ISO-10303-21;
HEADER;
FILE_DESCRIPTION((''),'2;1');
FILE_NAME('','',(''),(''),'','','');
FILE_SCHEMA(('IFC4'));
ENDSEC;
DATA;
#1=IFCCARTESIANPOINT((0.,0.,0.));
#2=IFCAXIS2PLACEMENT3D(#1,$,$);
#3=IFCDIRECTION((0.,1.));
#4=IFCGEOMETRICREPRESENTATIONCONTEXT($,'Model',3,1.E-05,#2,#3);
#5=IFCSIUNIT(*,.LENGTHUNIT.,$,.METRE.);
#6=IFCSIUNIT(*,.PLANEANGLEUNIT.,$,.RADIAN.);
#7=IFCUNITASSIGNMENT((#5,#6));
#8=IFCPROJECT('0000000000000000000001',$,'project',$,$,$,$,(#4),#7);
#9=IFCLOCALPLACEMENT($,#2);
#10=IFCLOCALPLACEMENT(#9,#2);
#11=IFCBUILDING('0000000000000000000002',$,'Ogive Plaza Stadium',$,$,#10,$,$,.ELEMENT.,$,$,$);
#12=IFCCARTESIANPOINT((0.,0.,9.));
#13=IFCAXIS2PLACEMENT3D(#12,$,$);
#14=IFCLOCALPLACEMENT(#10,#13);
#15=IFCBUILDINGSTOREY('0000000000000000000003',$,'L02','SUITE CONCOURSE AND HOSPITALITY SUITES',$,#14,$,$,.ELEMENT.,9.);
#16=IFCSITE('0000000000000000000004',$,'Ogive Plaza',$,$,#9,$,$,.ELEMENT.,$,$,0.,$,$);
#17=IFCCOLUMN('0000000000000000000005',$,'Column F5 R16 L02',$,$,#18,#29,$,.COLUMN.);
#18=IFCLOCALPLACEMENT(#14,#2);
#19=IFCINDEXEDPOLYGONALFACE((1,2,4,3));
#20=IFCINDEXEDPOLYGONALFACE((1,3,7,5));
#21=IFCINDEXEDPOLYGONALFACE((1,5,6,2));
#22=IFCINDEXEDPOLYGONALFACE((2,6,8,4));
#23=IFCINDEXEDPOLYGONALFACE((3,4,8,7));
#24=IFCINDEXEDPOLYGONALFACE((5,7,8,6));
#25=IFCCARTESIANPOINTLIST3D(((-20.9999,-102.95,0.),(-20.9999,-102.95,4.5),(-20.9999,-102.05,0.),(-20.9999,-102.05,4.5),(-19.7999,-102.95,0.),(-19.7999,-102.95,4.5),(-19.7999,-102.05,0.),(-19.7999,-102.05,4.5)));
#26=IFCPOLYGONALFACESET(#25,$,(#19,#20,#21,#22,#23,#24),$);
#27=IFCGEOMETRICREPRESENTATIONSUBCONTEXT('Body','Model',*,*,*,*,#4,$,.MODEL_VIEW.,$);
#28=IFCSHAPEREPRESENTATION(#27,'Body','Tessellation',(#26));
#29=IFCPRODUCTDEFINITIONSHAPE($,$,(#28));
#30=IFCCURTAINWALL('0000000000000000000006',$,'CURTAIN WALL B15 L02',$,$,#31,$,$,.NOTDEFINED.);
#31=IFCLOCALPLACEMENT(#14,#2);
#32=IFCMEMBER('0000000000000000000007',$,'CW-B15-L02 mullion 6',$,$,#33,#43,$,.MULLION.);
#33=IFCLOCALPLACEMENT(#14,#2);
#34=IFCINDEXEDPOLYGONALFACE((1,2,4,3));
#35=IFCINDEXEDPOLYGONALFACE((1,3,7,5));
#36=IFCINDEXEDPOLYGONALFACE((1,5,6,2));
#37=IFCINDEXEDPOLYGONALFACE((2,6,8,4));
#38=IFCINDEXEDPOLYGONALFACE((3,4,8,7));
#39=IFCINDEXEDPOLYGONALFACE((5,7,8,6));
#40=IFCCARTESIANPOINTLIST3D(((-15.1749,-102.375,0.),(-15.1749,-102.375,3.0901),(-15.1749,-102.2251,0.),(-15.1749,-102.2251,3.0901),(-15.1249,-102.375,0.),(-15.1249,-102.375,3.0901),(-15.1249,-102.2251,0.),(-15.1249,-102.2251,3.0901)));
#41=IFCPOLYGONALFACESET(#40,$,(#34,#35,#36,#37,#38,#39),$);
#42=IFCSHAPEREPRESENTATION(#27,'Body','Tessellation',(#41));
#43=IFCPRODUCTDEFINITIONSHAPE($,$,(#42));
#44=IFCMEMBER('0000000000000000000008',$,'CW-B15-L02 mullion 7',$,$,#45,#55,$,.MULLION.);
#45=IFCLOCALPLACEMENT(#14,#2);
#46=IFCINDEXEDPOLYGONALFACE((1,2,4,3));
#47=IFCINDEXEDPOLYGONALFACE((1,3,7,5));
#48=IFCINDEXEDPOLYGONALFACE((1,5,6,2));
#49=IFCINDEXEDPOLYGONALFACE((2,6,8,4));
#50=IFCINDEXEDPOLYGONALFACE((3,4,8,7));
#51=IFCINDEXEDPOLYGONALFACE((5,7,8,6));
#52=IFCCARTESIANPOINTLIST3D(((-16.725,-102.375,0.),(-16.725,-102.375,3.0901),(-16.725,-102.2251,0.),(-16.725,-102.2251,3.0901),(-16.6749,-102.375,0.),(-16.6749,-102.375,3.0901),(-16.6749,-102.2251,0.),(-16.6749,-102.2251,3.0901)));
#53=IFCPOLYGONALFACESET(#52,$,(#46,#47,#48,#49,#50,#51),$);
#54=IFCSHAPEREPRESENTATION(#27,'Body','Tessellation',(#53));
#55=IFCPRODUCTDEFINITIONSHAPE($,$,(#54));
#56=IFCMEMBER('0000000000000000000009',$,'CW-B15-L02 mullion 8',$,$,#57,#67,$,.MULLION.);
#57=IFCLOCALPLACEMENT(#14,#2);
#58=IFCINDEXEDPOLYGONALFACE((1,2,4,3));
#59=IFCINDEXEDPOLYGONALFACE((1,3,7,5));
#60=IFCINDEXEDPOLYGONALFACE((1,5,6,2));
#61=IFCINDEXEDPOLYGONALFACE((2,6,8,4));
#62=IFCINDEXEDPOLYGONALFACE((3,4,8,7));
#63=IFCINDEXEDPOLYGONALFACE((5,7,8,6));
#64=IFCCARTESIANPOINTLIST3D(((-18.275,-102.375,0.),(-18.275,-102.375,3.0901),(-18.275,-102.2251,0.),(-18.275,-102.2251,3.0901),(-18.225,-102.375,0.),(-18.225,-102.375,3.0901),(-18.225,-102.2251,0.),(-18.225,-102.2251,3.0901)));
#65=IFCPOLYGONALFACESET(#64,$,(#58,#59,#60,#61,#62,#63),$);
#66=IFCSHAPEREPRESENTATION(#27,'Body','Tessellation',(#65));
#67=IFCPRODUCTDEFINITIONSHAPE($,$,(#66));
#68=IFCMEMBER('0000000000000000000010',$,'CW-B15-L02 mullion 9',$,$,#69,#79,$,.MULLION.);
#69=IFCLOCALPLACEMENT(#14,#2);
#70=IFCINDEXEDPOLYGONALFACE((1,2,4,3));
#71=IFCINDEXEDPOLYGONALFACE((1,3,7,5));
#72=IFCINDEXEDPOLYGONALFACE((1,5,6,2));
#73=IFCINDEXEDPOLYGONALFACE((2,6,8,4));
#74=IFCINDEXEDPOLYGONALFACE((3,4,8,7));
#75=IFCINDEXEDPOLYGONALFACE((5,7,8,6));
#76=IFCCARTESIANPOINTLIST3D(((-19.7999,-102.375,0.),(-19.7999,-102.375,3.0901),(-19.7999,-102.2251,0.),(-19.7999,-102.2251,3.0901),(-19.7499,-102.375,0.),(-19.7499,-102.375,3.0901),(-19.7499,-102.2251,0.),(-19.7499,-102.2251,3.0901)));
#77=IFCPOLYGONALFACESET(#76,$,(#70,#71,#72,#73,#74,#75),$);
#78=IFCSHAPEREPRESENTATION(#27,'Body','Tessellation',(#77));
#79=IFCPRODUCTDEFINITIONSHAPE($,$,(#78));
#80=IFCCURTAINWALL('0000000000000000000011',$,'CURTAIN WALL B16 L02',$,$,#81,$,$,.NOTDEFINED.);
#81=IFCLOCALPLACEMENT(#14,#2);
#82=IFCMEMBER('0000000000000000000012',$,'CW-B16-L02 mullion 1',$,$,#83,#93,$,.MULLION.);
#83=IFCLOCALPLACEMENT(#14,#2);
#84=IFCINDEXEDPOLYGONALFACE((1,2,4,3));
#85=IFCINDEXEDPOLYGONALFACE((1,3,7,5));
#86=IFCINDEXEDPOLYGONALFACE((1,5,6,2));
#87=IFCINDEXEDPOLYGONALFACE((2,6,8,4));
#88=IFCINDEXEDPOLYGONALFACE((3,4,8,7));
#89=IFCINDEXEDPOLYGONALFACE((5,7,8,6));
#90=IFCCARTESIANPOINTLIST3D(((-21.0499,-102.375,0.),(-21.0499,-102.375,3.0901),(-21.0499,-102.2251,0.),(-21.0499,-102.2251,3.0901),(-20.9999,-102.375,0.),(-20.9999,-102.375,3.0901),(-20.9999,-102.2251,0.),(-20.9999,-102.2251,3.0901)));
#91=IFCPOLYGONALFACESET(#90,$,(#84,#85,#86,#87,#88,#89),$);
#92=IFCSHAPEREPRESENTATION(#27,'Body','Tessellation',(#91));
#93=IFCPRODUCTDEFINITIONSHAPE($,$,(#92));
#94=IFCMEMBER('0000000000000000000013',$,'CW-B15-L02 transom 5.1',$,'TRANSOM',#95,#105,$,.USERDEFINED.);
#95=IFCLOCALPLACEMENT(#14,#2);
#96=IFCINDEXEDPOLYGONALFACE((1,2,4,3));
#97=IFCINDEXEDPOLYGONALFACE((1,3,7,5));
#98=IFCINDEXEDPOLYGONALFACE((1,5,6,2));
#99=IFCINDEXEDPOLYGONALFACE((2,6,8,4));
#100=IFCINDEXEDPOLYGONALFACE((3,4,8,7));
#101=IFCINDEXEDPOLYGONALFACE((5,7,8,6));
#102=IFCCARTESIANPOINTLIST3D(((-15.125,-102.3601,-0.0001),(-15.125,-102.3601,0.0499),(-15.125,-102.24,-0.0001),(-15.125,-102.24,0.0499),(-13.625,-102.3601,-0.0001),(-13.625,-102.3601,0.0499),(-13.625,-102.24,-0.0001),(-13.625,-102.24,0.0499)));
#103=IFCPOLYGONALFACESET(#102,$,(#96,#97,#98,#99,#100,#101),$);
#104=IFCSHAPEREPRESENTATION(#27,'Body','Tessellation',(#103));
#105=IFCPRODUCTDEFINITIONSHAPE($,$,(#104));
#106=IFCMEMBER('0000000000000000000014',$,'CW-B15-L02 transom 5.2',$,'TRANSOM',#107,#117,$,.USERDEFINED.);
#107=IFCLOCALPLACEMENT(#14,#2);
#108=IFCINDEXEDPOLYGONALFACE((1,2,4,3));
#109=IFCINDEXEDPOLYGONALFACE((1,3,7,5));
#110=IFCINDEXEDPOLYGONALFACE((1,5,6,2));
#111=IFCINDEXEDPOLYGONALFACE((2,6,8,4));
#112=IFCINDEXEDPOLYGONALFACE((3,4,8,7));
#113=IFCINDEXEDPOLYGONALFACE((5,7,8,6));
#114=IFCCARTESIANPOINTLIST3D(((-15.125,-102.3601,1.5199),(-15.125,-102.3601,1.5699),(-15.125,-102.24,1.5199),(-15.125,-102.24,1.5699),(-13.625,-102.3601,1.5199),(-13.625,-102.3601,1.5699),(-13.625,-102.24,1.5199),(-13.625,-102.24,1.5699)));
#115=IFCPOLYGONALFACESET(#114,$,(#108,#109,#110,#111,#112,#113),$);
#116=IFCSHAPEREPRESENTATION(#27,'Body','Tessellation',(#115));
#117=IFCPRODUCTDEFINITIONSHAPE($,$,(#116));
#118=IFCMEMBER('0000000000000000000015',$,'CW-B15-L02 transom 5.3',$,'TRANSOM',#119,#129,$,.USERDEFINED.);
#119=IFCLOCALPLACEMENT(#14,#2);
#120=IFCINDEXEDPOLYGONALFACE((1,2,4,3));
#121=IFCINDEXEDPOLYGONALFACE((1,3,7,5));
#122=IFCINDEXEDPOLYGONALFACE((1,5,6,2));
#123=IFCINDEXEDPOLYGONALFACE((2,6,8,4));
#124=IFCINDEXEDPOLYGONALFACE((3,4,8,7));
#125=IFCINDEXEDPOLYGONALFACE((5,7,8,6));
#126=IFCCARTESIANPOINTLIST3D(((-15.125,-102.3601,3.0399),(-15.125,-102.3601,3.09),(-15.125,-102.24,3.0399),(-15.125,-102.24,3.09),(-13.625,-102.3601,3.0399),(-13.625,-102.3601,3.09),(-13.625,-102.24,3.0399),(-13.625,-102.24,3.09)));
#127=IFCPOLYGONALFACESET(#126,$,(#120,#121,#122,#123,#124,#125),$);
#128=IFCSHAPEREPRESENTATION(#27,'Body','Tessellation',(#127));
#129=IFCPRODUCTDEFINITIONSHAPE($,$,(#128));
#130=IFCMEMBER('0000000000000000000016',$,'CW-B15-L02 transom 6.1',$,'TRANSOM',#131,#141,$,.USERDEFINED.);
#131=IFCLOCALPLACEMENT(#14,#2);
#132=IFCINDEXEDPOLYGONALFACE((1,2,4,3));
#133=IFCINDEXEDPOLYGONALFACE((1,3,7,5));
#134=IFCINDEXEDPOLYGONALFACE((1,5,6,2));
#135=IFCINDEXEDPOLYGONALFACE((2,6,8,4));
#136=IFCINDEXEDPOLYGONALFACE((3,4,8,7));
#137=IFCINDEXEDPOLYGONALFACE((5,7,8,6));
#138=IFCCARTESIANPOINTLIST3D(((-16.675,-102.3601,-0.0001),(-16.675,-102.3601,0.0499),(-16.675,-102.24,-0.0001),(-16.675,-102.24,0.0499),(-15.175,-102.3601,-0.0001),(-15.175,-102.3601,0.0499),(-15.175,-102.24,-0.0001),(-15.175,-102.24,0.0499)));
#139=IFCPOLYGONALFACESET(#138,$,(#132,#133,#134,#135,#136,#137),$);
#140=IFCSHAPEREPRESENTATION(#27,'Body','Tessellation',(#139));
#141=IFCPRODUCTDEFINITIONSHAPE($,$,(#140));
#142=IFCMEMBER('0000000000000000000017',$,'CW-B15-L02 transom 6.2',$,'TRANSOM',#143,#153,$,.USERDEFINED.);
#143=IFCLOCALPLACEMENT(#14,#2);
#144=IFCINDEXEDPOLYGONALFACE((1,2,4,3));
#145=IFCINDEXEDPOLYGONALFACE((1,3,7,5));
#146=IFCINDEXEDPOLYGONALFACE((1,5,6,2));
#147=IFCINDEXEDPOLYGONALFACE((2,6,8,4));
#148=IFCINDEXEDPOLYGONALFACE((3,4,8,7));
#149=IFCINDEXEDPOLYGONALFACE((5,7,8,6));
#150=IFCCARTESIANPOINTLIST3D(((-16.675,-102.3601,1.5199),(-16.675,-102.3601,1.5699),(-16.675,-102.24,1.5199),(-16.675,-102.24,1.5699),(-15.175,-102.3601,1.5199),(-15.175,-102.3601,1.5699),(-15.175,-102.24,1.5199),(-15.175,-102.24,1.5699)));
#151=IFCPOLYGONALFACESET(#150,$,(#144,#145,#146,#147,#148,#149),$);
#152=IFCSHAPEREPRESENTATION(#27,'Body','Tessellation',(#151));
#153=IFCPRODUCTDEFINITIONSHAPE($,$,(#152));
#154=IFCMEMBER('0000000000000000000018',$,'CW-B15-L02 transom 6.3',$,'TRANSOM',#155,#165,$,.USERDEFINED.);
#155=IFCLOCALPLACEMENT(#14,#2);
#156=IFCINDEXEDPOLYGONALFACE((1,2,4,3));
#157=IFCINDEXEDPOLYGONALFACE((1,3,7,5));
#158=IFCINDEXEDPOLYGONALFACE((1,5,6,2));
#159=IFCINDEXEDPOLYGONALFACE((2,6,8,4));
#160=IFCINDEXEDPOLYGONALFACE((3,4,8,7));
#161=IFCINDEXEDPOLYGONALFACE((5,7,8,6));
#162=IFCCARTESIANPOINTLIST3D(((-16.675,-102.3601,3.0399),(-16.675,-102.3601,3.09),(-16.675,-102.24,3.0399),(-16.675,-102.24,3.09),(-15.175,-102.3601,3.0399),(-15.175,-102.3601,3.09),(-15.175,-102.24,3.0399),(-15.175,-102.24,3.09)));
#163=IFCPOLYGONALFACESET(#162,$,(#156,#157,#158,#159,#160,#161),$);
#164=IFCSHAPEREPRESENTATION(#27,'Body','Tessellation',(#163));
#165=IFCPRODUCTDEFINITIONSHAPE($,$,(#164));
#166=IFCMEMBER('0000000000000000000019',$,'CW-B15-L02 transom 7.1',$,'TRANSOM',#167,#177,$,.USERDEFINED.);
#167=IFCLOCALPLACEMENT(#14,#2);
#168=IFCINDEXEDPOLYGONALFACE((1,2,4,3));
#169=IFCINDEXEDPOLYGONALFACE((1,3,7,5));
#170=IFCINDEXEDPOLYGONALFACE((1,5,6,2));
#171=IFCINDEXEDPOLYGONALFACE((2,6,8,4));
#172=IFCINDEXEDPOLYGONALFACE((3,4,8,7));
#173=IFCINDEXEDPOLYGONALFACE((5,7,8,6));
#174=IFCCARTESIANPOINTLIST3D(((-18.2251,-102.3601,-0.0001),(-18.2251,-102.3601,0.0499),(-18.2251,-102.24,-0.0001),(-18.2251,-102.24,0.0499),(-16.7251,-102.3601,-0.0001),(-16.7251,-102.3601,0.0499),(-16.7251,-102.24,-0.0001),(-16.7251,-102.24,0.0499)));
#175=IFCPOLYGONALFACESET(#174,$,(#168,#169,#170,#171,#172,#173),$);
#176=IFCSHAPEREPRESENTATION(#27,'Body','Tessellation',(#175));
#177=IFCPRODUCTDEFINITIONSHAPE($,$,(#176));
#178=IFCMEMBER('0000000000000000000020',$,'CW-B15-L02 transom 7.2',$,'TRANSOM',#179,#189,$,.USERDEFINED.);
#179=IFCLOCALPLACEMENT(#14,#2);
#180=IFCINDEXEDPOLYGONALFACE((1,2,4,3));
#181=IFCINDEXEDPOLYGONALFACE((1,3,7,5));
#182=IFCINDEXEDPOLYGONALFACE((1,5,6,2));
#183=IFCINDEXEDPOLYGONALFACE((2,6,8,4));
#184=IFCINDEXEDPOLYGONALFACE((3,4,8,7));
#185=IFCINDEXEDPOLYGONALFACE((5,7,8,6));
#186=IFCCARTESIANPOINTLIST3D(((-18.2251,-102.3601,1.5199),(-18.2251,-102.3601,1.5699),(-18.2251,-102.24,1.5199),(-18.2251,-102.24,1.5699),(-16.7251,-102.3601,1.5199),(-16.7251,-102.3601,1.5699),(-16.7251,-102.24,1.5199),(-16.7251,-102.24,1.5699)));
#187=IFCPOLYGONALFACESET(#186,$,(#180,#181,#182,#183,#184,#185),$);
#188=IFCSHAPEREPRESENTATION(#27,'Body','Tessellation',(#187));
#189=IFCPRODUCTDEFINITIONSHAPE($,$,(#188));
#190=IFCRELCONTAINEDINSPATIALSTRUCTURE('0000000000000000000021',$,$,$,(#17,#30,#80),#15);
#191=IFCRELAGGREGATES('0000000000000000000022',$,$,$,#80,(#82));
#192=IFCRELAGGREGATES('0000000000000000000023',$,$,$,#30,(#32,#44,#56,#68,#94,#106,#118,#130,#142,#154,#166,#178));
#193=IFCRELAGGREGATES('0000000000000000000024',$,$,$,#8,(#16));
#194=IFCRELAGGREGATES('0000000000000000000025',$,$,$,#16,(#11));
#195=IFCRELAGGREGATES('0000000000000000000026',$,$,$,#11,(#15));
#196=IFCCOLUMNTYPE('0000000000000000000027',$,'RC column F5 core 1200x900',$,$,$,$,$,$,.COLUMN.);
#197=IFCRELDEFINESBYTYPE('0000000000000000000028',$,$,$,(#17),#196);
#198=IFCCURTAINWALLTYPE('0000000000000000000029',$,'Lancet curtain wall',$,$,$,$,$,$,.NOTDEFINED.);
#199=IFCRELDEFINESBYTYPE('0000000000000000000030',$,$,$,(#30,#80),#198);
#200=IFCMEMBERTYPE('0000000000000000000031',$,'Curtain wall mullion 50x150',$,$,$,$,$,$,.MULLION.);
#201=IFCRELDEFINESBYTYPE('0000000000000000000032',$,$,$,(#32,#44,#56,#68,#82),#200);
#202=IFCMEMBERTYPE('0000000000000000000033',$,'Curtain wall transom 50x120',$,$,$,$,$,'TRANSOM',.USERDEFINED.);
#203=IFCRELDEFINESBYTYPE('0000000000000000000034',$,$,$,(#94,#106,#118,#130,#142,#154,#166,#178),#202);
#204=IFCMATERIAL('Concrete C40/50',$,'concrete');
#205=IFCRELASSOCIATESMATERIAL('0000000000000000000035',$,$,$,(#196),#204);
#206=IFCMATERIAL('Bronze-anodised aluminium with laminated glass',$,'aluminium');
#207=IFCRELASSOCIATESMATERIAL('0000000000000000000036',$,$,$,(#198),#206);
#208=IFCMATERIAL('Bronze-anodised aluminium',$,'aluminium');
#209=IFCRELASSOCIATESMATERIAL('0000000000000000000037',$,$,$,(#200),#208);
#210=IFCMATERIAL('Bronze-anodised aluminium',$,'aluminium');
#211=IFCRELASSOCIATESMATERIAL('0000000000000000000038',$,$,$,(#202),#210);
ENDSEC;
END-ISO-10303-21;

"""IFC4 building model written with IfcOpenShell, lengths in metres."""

from ifc_helpers import new_model, si_unit, direction, frame, origin, origin_2d, place, context, subcontext, project, spatial, rectangle, extrude, material, material_profile, profile_set, type_object, element, aggregate, save


model = new_model("IFC4")

# Units and contexts
model_context = context("Model", 3, precision=1e-05, world=origin(), true_north=direction((0.0, 1.0)))
body_context = subcontext(model_context, "Body", "Model", "MODEL_VIEW")
ifc_project = project(units=[si_unit("LENGTHUNIT", "METRE"), si_unit("PLANEANGLEUNIT", "RADIAN")], contexts=[model_context])

# Site, building, storey
site_placement = place(None, origin())
site = spatial("IfcSite", under=ifc_project, at=site_placement, Name="Ogive Plaza", CompositionType="ELEMENT", RefElevation=0.0)
building_placement = place(site_placement, origin())
building = spatial("IfcBuilding", under=site, at=building_placement, Name="Ogive Plaza Stadium", CompositionType="ELEMENT")
storey_placement = place(building_placement, frame((0.0, 0.0, 9.0)))
storey = spatial("IfcBuildingStorey", under=building, at=storey_placement, Name="L02", Description="SUITE CONCOURSE AND HOSPITALITY SUITES", CompositionType="ELEMENT", Elevation=9.0)

# Column
ifc_material_1 = material(Name="Concrete C40/50", Category="concrete")
ifc_material_profile_1 = material_profile(ifc_material_1, rectangle(XDim=1.2, YDim=0.8999, at=origin_2d()), Name="RC 1200x900")
ifc_profile_set_1 = profile_set([ifc_material_profile_1], Name="Concrete C40/50")
column_type = type_object("IfcColumnType", Name="RC column F5 core 1200x900", PredefinedType="COLUMN", material=ifc_profile_set_1)
column_placement = place(storey_placement, frame((-20.3999, -102.5, 0.0), z_axis=(0.0, 0.0, 1.0), x_axis=(1.0, 0.0, 0.0)))
element("IfcColumn", 1, at=column_placement, inside=storey, type_object=column_type, Name="Column F5 R16 L02", PredefinedType="COLUMN", context=body_context, shape_type="SweptSolid", body=[
    extrude(rectangle(XDim=1.2, YDim=0.8999, at=origin_2d()), origin(), (0.0, 0.0, 1.0), 4.5),
])

# Curtain wall, members
ifc_material_2 = material(Name="Bronze-anodised aluminium with laminated glass", Category="aluminium")
curtain_wall_type = type_object("IfcCurtainWallType", Name="Lancet curtain wall", PredefinedType="NOTDEFINED", material=ifc_material_2)
curtain_wall_1_placement = place(storey_placement, origin())
curtain_wall_1 = element("IfcCurtainWall", 2, at=curtain_wall_1_placement, inside=storey, type_object=curtain_wall_type, Name="CURTAIN WALL B15 L02", PredefinedType="NOTDEFINED")
ifc_material_3 = material(Name="Bronze-anodised aluminium", Category="aluminium")
ifc_material_profile_2 = material_profile(ifc_material_3, rectangle(XDim=0.1499, YDim=0.05, at=origin_2d()), Name="AL 150x50")
ifc_profile_set_2 = profile_set([ifc_material_profile_2], Name="Bronze-anodised aluminium")
member_type_1 = type_object("IfcMemberType", Name="Curtain wall mullion 50x150", PredefinedType="MULLION", material=ifc_profile_set_2)
member_1_placement = place(storey_placement, frame((-15.1499, -102.3, 0.0), z_axis=(0.0, 0.0, 1.0), x_axis=(0.0, -1.0, 0.0)))
member_1 = element("IfcMember", 3, at=member_1_placement, type_object=member_type_1, Name="CW-B15-L02 mullion 6", PredefinedType="MULLION", context=body_context, shape_type="SweptSolid", body=[
    extrude(rectangle(XDim=0.1499, YDim=0.05, at=origin_2d()), origin(), (0.0, 0.0, 1.0), 3.0901),
])
member_2_placement = place(storey_placement, frame((-16.7, -102.3, 0.0), z_axis=(0.0, 0.0, 1.0), x_axis=(0.0, -1.0, 0.0)))
member_2 = element("IfcMember", 4, at=member_2_placement, type_object=member_type_1, Name="CW-B15-L02 mullion 7", PredefinedType="MULLION", context=body_context, shape_type="SweptSolid", body=[
    extrude(rectangle(XDim=0.1499, YDim=0.05, at=origin_2d()), origin(), (0.0, 0.0, 1.0), 3.0901),
])
member_3_placement = place(storey_placement, frame((-18.25, -102.3, 0.0), z_axis=(0.0, 0.0, 1.0), x_axis=(0.0, -1.0, 0.0)))
member_3 = element("IfcMember", 5, at=member_3_placement, type_object=member_type_1, Name="CW-B15-L02 mullion 8", PredefinedType="MULLION", context=body_context, shape_type="SweptSolid", body=[
    extrude(rectangle(XDim=0.1499, YDim=0.05, at=origin_2d()), origin(), (0.0, 0.0, 1.0), 3.0901),
])
member_4_placement = place(storey_placement, frame((-19.7749, -102.3, 0.0), z_axis=(0.0, 0.0, 1.0), x_axis=(0.0, -1.0, 0.0)))
member_4 = element("IfcMember", 6, at=member_4_placement, type_object=member_type_1, Name="CW-B15-L02 mullion 9", PredefinedType="MULLION", context=body_context, shape_type="SweptSolid", body=[
    extrude(rectangle(XDim=0.1499, YDim=0.05, at=origin_2d()), origin(), (0.0, 0.0, 1.0), 3.0901),
])

# Curtain wall, member
curtain_wall_2_placement = place(storey_placement, origin())
curtain_wall_2 = element("IfcCurtainWall", 7, at=curtain_wall_2_placement, inside=storey, type_object=curtain_wall_type, Name="CURTAIN WALL B16 L02", PredefinedType="NOTDEFINED")
member_5_placement = place(storey_placement, frame((-21.0249, -102.3, 0.0), z_axis=(0.0, 0.0, 1.0), x_axis=(0.0, -1.0, 0.0)))
member_5 = element("IfcMember", 8, at=member_5_placement, type_object=member_type_1, Name="CW-B16-L02 mullion 1", PredefinedType="MULLION", context=body_context, shape_type="SweptSolid", body=[
    extrude(rectangle(XDim=0.1499, YDim=0.05, at=origin_2d()), origin(), (0.0, 0.0, 1.0), 3.0901),
])

# Members
ifc_material_4 = material(Name="Bronze-anodised aluminium", Category="aluminium")
ifc_material_profile_3 = material_profile(ifc_material_4, rectangle(XDim=0.1201, YDim=0.05, at=origin_2d()), Name="AL 120x50")
ifc_profile_set_3 = profile_set([ifc_material_profile_3], Name="Bronze-anodised aluminium")
member_type_2 = type_object("IfcMemberType", Name="Curtain wall transom 50x120", ElementType="TRANSOM", PredefinedType="USERDEFINED", material=ifc_profile_set_3)
member_6_placement = place(storey_placement, frame((-13.625, -102.3, 0.0249), z_axis=(-1.0, 0.0, 0.0), x_axis=(0.0, -1.0, 0.0)))
member_6 = element("IfcMember", 9, at=member_6_placement, type_object=member_type_2, Name="CW-B15-L02 transom 5.1", ObjectType="TRANSOM", PredefinedType="USERDEFINED", context=body_context, shape_type="SweptSolid", body=[
    extrude(rectangle(XDim=0.1201, YDim=0.05, at=origin_2d()), origin(), (0.0, 0.0, 1.0), 1.5),
])
member_7_placement = place(storey_placement, frame((-13.625, -102.3, 1.5449), z_axis=(-1.0, 0.0, 0.0), x_axis=(0.0, -1.0, 0.0)))
member_7 = element("IfcMember", 10, at=member_7_placement, type_object=member_type_2, Name="CW-B15-L02 transom 5.2", ObjectType="TRANSOM", PredefinedType="USERDEFINED", context=body_context, shape_type="SweptSolid", body=[
    extrude(rectangle(XDim=0.1201, YDim=0.05, at=origin_2d()), origin(), (0.0, 0.0, 1.0), 1.5),
])
member_8_placement = place(storey_placement, frame((-13.625, -102.3, 3.0649), z_axis=(-1.0, 0.0, 0.0), x_axis=(0.0, -1.0, 0.0)))
member_8 = element("IfcMember", 11, at=member_8_placement, type_object=member_type_2, Name="CW-B15-L02 transom 5.3", ObjectType="TRANSOM", PredefinedType="USERDEFINED", context=body_context, shape_type="SweptSolid", body=[
    extrude(rectangle(XDim=0.1201, YDim=0.05, at=origin_2d()), origin(), (0.0, 0.0, 1.0), 1.5),
])
member_9_placement = place(storey_placement, frame((-15.175, -102.3, 0.0249), z_axis=(-1.0, 0.0, 0.0), x_axis=(0.0, -1.0, 0.0)))
member_9 = element("IfcMember", 12, at=member_9_placement, type_object=member_type_2, Name="CW-B15-L02 transom 6.1", ObjectType="TRANSOM", PredefinedType="USERDEFINED", context=body_context, shape_type="SweptSolid", body=[
    extrude(rectangle(XDim=0.1201, YDim=0.05, at=origin_2d()), origin(), (0.0, 0.0, 1.0), 1.5),
])
member_10_placement = place(storey_placement, frame((-15.175, -102.3, 1.5449), z_axis=(-1.0, 0.0, 0.0), x_axis=(0.0, -1.0, 0.0)))
member_10 = element("IfcMember", 13, at=member_10_placement, type_object=member_type_2, Name="CW-B15-L02 transom 6.2", ObjectType="TRANSOM", PredefinedType="USERDEFINED", context=body_context, shape_type="SweptSolid", body=[
    extrude(rectangle(XDim=0.1201, YDim=0.05, at=origin_2d()), origin(), (0.0, 0.0, 1.0), 1.5),
])
member_11_placement = place(storey_placement, frame((-15.175, -102.3, 3.0649), z_axis=(-1.0, 0.0, 0.0), x_axis=(0.0, -1.0, 0.0)))
member_11 = element("IfcMember", 14, at=member_11_placement, type_object=member_type_2, Name="CW-B15-L02 transom 6.3", ObjectType="TRANSOM", PredefinedType="USERDEFINED", context=body_context, shape_type="SweptSolid", body=[
    extrude(rectangle(XDim=0.1201, YDim=0.05, at=origin_2d()), origin(), (0.0, 0.0, 1.0), 1.5),
])
member_12_placement = place(storey_placement, frame((-16.7251, -102.3, 0.0249), z_axis=(-1.0, 0.0, 0.0), x_axis=(0.0, -1.0, 0.0)))
member_12 = element("IfcMember", 15, at=member_12_placement, type_object=member_type_2, Name="CW-B15-L02 transom 7.1", ObjectType="TRANSOM", PredefinedType="USERDEFINED", context=body_context, shape_type="SweptSolid", body=[
    extrude(rectangle(XDim=0.1201, YDim=0.05, at=origin_2d()), origin(), (0.0, 0.0, 1.0), 1.5),
])
member_13_placement = place(storey_placement, frame((-16.7251, -102.3, 1.5449), z_axis=(-1.0, 0.0, 0.0), x_axis=(0.0, -1.0, 0.0)))
member_13 = element("IfcMember", 16, at=member_13_placement, type_object=member_type_2, Name="CW-B15-L02 transom 7.2", ObjectType="TRANSOM", PredefinedType="USERDEFINED", context=body_context, shape_type="SweptSolid", body=[
    extrude(rectangle(XDim=0.1201, YDim=0.05, at=origin_2d()), origin(), (0.0, 0.0, 1.0), 1.5),
])
aggregate(curtain_wall_2, [member_5])

aggregate(curtain_wall_1, [member_1, member_2, member_3, member_4, member_6, member_7, member_8, member_9, member_10, member_11, member_12, member_13])

save(model, "model.ifc")
